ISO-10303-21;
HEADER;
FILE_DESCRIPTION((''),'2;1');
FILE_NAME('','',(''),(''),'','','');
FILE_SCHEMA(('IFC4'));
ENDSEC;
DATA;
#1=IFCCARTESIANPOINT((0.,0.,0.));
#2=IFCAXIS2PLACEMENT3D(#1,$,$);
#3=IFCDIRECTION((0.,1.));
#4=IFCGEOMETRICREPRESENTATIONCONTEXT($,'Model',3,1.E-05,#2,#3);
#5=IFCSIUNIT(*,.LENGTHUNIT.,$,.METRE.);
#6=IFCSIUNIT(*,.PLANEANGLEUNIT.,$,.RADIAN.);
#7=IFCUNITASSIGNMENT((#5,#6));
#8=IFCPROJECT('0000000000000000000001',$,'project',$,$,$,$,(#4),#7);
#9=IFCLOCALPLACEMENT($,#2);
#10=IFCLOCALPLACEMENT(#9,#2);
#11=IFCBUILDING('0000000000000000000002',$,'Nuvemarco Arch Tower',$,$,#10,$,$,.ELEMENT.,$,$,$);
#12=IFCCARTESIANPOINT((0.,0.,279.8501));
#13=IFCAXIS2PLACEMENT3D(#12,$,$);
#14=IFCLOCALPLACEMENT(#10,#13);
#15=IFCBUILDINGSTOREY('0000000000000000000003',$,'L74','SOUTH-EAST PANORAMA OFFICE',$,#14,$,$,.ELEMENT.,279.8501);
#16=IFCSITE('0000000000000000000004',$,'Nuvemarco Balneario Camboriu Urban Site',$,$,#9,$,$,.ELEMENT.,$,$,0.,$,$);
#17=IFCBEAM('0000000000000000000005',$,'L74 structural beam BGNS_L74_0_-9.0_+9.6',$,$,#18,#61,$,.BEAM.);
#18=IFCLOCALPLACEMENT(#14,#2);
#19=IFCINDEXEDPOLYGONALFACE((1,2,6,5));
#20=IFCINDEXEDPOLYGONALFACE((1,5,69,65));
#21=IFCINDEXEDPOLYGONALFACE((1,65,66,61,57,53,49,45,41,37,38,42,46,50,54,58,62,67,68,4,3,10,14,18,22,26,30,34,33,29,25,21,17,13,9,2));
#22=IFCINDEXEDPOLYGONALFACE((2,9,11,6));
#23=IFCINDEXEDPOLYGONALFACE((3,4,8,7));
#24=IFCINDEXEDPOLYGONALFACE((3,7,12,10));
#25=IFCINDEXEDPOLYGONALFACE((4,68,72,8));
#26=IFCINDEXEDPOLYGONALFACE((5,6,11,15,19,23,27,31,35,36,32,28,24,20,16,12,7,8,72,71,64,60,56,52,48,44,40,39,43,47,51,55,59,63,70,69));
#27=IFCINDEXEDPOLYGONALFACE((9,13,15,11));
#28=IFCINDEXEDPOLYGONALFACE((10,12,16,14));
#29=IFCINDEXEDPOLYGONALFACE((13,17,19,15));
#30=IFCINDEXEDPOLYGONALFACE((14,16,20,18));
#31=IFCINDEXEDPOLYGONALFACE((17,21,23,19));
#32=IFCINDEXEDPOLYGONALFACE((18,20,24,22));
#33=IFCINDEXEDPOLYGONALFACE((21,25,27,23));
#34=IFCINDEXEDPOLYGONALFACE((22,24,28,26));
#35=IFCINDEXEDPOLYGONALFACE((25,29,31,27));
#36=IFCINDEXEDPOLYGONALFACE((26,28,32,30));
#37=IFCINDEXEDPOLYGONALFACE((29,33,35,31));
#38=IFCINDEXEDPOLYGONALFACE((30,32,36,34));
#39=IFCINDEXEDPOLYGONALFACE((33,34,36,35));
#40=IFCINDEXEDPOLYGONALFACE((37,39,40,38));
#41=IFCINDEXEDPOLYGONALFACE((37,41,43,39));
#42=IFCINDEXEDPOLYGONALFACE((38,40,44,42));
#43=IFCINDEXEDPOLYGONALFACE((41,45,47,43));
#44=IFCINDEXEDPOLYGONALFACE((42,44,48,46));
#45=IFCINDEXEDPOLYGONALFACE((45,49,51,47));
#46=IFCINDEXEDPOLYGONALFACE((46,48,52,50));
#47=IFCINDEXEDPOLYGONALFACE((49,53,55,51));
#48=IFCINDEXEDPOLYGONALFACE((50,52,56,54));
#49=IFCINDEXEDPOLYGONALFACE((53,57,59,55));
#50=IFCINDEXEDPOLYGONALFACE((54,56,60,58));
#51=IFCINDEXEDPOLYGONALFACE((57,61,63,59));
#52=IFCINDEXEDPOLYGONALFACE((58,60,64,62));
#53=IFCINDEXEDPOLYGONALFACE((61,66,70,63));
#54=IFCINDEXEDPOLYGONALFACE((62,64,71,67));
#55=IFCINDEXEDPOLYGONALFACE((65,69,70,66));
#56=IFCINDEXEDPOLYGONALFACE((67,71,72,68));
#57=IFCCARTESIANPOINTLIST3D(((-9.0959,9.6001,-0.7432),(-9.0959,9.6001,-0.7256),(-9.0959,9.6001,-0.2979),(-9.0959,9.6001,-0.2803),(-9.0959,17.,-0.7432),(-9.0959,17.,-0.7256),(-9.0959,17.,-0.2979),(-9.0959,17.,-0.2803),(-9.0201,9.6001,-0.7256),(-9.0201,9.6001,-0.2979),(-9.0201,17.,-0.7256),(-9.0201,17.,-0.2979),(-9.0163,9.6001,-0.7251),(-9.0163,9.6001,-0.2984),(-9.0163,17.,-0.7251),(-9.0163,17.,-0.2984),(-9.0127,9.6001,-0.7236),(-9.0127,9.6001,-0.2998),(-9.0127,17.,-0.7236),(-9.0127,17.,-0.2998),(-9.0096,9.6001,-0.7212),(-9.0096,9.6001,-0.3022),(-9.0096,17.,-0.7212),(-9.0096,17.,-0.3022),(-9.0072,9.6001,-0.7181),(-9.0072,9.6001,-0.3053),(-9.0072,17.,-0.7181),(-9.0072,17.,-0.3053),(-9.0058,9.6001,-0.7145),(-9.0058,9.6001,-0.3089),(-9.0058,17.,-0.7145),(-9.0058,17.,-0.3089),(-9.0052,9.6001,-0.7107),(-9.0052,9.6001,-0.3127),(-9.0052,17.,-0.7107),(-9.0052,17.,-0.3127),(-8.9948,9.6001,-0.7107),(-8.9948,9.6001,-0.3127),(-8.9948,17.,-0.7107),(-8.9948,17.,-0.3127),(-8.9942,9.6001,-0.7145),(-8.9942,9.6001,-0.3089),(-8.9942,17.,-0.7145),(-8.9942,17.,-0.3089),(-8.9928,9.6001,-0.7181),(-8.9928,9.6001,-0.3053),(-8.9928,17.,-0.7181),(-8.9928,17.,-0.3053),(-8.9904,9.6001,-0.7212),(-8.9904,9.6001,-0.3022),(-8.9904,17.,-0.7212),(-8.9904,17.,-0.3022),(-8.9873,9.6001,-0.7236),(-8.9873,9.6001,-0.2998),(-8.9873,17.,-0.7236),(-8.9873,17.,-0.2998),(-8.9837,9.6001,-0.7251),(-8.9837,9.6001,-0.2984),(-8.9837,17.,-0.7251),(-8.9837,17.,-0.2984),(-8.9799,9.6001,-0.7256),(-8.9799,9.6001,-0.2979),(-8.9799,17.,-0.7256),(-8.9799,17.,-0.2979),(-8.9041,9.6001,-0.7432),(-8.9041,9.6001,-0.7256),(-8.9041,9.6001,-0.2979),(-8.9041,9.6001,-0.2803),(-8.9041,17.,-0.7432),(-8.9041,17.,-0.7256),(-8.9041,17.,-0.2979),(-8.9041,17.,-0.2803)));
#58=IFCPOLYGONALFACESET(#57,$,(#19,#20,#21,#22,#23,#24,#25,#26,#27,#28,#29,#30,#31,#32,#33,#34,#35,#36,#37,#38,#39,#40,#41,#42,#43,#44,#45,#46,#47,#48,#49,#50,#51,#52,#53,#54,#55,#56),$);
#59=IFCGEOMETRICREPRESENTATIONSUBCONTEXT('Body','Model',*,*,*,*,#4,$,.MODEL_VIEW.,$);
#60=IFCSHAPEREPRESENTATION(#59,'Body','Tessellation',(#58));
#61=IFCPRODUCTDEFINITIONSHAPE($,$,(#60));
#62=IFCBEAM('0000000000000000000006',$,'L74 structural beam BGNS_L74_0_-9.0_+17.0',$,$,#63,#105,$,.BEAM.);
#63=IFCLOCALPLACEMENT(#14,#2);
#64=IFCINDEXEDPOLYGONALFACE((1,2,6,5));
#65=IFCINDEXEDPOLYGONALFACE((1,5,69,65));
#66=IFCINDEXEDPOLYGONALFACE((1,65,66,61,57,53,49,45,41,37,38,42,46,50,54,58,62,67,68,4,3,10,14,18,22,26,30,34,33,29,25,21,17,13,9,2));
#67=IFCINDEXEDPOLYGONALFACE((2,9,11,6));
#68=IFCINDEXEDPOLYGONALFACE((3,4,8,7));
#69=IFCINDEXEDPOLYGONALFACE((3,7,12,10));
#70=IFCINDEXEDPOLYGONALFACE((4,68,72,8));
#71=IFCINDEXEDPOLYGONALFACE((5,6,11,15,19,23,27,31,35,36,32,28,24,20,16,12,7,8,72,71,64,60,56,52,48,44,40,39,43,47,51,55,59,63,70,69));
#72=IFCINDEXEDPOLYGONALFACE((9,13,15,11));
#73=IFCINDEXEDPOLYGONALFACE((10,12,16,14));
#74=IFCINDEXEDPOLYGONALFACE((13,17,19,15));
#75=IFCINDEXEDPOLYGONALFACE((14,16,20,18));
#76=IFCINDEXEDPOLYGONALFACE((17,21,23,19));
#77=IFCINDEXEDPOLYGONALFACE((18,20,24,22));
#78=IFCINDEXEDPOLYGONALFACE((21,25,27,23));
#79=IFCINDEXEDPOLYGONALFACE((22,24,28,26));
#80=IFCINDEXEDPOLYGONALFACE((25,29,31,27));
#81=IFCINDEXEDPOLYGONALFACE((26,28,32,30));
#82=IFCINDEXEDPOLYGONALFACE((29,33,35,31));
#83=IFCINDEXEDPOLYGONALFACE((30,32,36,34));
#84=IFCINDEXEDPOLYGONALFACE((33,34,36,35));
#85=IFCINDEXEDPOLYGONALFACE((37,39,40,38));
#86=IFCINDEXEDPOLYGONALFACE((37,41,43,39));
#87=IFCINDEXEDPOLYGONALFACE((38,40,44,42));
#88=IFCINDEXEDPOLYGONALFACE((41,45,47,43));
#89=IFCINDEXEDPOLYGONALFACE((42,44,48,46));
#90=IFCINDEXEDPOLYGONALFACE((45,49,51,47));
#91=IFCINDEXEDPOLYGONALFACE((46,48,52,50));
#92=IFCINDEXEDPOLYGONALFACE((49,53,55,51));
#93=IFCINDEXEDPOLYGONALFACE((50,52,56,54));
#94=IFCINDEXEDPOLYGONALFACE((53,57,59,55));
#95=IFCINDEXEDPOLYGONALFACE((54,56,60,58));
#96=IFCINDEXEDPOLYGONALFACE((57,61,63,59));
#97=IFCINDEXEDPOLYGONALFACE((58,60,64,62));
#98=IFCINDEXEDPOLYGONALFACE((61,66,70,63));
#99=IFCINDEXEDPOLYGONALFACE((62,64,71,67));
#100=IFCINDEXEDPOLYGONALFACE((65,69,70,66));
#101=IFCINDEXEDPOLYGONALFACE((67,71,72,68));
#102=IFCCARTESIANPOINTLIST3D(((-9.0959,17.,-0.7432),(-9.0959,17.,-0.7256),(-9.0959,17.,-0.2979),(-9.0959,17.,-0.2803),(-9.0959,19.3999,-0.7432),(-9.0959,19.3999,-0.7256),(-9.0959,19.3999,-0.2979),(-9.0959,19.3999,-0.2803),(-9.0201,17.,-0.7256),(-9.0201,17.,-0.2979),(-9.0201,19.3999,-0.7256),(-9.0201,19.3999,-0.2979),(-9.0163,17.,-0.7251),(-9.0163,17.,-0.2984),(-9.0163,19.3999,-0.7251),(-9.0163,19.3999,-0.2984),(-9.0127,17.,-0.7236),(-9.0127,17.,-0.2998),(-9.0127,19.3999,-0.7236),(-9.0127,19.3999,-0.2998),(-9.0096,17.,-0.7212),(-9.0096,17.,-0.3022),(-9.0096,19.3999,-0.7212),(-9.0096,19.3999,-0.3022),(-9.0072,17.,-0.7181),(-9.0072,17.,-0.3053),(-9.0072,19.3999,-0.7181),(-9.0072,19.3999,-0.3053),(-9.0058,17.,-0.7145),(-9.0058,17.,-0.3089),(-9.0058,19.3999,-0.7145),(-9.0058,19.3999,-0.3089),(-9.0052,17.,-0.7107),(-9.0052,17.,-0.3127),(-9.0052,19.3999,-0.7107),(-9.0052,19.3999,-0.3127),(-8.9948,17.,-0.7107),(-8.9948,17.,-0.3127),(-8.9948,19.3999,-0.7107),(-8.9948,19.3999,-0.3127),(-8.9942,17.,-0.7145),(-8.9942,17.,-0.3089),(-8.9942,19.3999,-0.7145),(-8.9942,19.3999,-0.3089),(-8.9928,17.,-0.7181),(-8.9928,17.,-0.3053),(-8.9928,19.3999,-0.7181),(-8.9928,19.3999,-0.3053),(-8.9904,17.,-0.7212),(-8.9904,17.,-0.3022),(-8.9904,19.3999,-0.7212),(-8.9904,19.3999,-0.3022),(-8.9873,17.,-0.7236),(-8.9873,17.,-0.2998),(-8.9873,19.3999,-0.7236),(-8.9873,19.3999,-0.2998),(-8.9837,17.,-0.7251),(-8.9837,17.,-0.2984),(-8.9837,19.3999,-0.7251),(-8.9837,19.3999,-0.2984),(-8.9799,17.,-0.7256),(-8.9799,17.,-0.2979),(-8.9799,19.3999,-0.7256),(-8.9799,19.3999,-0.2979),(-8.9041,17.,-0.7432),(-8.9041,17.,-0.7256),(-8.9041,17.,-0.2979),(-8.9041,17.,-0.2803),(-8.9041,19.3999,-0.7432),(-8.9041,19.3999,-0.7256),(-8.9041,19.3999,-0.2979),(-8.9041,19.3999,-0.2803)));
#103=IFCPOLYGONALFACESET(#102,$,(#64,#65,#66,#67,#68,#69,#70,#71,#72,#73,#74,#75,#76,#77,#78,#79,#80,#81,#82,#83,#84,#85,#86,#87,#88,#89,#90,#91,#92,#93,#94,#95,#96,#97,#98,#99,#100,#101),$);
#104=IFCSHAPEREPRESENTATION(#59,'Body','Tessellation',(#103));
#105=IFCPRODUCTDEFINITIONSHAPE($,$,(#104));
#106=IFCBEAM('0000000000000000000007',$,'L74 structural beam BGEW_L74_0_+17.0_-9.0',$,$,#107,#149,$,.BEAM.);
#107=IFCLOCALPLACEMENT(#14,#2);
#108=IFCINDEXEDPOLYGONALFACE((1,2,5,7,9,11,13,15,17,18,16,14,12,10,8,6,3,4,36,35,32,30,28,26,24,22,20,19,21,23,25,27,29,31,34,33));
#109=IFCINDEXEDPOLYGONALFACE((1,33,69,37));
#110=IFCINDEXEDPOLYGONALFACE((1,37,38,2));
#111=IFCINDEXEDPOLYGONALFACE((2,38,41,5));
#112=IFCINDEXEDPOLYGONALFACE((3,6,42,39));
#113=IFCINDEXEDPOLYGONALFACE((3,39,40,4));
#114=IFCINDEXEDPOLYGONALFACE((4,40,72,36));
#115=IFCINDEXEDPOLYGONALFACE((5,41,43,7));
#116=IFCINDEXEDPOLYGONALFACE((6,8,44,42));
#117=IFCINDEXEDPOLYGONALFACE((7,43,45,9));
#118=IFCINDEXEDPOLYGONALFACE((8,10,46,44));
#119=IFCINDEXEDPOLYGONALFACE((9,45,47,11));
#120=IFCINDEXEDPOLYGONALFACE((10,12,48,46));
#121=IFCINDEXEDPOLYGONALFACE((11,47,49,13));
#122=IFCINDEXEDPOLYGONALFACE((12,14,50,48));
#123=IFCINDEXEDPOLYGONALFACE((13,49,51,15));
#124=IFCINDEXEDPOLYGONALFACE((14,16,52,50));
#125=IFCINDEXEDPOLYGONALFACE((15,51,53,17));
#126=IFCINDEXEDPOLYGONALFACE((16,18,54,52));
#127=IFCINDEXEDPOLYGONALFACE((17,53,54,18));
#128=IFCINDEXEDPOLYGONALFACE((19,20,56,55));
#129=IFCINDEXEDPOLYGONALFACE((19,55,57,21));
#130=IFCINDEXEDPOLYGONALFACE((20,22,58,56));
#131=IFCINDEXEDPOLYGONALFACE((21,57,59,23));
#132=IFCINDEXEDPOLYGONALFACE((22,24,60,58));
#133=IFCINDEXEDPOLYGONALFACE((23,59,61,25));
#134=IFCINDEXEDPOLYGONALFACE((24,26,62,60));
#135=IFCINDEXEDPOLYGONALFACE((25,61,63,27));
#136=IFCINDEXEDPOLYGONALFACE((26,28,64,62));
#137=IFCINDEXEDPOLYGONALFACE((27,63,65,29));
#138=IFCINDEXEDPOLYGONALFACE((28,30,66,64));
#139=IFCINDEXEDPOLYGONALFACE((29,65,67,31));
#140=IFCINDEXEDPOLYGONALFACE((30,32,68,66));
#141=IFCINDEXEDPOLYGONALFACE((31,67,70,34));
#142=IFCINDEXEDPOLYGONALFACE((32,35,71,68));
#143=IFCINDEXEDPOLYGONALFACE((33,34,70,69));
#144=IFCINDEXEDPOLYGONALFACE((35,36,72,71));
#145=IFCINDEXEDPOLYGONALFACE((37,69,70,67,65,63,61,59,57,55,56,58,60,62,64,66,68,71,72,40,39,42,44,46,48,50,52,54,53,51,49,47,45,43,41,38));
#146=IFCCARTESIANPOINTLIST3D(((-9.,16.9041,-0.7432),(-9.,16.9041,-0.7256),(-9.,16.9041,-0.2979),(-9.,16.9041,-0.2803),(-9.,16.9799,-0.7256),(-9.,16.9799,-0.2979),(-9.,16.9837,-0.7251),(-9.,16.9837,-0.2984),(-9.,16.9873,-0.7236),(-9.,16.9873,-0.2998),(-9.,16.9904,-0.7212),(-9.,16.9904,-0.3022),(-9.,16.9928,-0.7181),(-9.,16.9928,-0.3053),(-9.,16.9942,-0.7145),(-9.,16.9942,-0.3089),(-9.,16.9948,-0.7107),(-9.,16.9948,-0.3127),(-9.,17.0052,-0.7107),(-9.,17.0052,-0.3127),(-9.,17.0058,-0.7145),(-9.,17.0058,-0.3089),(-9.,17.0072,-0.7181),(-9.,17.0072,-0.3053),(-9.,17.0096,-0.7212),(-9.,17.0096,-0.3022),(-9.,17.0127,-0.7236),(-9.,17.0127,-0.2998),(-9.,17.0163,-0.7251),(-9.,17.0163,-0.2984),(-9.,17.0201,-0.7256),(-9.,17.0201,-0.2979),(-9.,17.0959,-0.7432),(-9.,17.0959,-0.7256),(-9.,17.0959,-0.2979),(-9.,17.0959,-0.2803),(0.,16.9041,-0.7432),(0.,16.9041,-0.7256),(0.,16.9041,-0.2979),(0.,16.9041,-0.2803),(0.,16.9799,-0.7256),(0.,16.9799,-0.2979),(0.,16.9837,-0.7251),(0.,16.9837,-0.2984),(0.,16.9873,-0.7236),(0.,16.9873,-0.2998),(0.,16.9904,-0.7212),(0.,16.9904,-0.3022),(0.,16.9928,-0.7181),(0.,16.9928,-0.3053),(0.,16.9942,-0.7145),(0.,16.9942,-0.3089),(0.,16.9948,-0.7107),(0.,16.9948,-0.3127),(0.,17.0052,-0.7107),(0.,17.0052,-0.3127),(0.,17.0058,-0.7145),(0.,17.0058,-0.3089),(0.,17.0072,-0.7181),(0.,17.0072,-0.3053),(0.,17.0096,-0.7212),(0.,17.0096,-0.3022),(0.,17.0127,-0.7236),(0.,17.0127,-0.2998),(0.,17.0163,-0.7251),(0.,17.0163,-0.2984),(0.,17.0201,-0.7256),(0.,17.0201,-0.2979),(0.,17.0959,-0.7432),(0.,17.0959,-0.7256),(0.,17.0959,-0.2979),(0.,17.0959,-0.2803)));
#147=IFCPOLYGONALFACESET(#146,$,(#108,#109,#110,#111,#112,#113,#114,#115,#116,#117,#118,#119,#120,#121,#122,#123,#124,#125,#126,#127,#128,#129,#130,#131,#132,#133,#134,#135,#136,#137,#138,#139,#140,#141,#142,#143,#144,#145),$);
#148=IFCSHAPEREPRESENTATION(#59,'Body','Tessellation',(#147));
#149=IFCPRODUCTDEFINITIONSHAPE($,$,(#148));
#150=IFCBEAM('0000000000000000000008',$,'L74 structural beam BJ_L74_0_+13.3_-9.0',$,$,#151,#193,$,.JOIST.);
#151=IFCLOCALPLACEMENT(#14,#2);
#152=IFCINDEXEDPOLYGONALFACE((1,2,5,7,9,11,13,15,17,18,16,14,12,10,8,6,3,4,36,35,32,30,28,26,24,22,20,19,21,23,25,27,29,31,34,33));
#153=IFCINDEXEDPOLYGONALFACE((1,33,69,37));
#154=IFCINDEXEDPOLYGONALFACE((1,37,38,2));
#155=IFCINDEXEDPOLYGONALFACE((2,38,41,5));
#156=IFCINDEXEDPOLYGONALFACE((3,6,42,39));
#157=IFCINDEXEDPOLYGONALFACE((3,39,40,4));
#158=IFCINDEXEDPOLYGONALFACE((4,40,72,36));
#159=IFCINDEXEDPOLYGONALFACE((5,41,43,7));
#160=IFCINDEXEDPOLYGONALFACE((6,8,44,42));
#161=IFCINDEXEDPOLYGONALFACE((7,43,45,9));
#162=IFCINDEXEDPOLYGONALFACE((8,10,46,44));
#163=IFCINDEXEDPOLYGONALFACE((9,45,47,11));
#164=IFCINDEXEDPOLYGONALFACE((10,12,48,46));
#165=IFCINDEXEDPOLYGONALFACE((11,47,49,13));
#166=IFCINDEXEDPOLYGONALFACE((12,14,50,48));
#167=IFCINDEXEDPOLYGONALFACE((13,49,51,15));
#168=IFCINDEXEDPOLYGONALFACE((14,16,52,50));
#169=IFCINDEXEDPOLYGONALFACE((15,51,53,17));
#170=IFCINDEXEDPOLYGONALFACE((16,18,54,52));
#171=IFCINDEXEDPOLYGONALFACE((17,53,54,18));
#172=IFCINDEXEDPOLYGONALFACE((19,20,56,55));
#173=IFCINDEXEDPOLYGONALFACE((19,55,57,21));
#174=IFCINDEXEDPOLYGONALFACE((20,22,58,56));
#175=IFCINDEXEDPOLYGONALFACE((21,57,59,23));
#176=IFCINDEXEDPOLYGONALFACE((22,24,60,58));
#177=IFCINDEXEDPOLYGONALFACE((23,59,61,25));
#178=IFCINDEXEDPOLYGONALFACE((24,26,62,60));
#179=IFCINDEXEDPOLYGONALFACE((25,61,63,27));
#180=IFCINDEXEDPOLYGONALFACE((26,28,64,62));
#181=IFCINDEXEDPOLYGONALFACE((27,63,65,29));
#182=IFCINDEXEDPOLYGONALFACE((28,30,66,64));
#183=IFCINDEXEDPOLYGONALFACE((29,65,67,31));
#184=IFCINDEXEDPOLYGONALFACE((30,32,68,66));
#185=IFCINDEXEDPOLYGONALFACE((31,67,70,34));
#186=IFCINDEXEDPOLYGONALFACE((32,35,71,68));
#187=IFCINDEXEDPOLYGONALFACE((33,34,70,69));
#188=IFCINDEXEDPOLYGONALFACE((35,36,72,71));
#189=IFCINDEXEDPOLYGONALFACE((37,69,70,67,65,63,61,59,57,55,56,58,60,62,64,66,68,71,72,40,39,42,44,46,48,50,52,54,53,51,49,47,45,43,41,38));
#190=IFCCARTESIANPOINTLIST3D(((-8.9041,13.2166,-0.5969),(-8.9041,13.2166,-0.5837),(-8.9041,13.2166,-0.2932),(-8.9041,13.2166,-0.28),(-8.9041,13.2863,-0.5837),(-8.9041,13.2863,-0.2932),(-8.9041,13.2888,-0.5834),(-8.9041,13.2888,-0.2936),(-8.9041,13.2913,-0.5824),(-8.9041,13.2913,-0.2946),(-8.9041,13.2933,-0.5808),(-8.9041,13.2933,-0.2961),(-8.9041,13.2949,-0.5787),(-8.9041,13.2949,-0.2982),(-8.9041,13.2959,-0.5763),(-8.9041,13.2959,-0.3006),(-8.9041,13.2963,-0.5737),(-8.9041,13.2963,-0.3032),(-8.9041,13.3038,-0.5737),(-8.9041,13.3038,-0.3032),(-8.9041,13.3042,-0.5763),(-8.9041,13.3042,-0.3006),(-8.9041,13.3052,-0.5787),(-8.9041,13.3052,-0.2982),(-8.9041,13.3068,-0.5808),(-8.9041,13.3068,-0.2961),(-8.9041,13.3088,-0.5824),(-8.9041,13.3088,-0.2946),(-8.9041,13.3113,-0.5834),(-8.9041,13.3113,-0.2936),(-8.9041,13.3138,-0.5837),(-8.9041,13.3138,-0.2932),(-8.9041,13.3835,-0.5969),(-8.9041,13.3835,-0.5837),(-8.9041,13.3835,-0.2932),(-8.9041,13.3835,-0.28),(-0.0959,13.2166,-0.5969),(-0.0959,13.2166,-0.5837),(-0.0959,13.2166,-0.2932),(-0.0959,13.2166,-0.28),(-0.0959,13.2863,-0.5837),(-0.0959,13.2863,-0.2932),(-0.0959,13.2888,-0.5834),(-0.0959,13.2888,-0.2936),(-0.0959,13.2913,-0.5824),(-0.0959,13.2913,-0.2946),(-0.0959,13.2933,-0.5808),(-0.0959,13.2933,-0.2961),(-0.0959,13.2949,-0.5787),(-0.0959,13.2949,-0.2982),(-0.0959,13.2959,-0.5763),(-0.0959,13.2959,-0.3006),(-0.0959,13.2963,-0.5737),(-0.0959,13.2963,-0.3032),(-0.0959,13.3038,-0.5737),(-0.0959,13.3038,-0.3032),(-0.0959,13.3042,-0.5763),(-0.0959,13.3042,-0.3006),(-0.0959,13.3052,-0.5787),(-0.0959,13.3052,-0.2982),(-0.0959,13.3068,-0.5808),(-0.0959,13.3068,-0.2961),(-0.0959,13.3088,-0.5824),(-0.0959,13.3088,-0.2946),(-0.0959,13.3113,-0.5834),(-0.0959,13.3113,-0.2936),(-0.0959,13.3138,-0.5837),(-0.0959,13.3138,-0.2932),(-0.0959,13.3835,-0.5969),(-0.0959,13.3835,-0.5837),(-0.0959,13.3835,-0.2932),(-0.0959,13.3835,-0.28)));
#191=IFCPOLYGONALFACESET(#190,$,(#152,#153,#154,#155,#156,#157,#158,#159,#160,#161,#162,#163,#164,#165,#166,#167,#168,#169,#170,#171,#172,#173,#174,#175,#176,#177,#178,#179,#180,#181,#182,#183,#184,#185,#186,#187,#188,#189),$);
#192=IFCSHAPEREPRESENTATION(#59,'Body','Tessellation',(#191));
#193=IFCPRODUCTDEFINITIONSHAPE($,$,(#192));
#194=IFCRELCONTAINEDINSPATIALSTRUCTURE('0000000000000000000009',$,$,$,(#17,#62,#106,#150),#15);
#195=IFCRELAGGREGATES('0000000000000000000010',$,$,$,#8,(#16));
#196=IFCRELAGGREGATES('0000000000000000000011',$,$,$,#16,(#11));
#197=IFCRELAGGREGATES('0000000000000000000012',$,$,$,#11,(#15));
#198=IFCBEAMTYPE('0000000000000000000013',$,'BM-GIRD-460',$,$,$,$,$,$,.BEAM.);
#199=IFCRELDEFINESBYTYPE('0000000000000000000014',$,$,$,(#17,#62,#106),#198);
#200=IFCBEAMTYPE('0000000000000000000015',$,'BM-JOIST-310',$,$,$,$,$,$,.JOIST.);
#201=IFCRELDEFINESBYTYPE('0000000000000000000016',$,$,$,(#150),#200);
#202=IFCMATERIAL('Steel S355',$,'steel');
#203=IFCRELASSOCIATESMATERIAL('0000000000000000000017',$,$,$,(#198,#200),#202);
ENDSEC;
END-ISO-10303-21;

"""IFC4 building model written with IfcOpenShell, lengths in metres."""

from ifc_helpers import new_model, si_unit, direction, frame, origin, origin_2d, place, context, subcontext, project, spatial, i_section, extrude, material, material_profile, profile_set, type_object, element, save


model = new_model("IFC4")

# Units and contexts
model_context = context("Model", 3, precision=1e-05, world=origin(), true_north=direction((0.0, 1.0)))
body_context = subcontext(model_context, "Body", "Model", "MODEL_VIEW")
ifc_project = project(units=[si_unit("LENGTHUNIT", "METRE"), si_unit("PLANEANGLEUNIT", "RADIAN")], contexts=[model_context])

# Site, building, storey
site_placement = place(None, origin())
site = spatial("IfcSite", under=ifc_project, at=site_placement, Name="Nuvemarco Balneario Camboriu Urban Site", CompositionType="ELEMENT", RefElevation=0.0)
building_placement = place(site_placement, origin())
building = spatial("IfcBuilding", under=site, at=building_placement, Name="Nuvemarco Arch Tower", CompositionType="ELEMENT")
storey_placement = place(building_placement, frame((0.0, 0.0, 279.8501)))
storey = spatial("IfcBuildingStorey", under=building, at=storey_placement, Name="L74", Description="SOUTH-EAST PANORAMA OFFICE", CompositionType="ELEMENT", Elevation=279.8501)

# Shared definitions
ifc_material_1 = material(Name="Steel S355", Category="steel")

# Beams
ifc_material_profile_1 = material_profile(ifc_material_1, i_section(OverallWidth=0.1919, OverallDepth=0.4629, WebThickness=0.0105, FlangeThickness=0.0176, FilletRadius=0.0149, at=origin_2d()), Name="W460x89")
ifc_profile_set_1 = profile_set([ifc_material_profile_1], Name="Steel S355")
beam_type_1 = type_object("IfcBeamType", Name="BM-GIRD-460", PredefinedType="BEAM", material=ifc_profile_set_1)
beam_1_placement = place(storey_placement, frame((-9.0, 9.6001, -0.5117), z_axis=(0.0, 1.0, 0.0), x_axis=(-1.0, 0.0, 0.0)))
element("IfcBeam", 1, at=beam_1_placement, inside=storey, type_object=beam_type_1, Name="L74 structural beam BGNS_L74_0_-9.0_+9.6", PredefinedType="BEAM", context=body_context, shape_type="SweptSolid", body=[
    extrude(i_section(OverallWidth=0.1919, OverallDepth=0.4629, WebThickness=0.0105, FlangeThickness=0.0176, FilletRadius=0.0149, at=origin_2d()), origin(), (0.0, 0.0, 1.0), 7.3999),
])
beam_2_placement = place(storey_placement, frame((-9.0, 17.0, -0.5117), z_axis=(0.0, 1.0, 0.0), x_axis=(-1.0, 0.0, 0.0)))
element("IfcBeam", 2, at=beam_2_placement, inside=storey, type_object=beam_type_1, Name="L74 structural beam BGNS_L74_0_-9.0_+17.0", PredefinedType="BEAM", context=body_context, shape_type="SweptSolid", body=[
    extrude(i_section(OverallWidth=0.1919, OverallDepth=0.4629, WebThickness=0.0105, FlangeThickness=0.0176, FilletRadius=0.0149, at=origin_2d()), origin(), (0.0, 0.0, 1.0), 2.3999),
])
beam_3_placement = place(storey_placement, frame((-9.0, 17.0, -0.5117), z_axis=(1.0, 0.0, 0.0), x_axis=(0.0, 1.0, 0.0)))
element("IfcBeam", 3, at=beam_3_placement, inside=storey, type_object=beam_type_1, Name="L74 structural beam BGEW_L74_0_+17.0_-9.0", PredefinedType="BEAM", context=body_context, shape_type="SweptSolid", body=[
    extrude(i_section(OverallWidth=0.1919, OverallDepth=0.4629, WebThickness=0.0105, FlangeThickness=0.0176, FilletRadius=0.0149, at=origin_2d()), origin(), (0.0, 0.0, 1.0), 9.0),
])
ifc_material_profile_2 = material_profile(ifc_material_1, i_section(OverallWidth=0.167, OverallDepth=0.3169, WebThickness=0.0076, FlangeThickness=0.0132, FilletRadius=0.01, at=origin_2d()), Name="W310x52")
ifc_profile_set_2 = profile_set([ifc_material_profile_2], Name="Steel S355")
beam_type_2 = type_object("IfcBeamType", Name="BM-JOIST-310", PredefinedType="JOIST", material=ifc_profile_set_2)
beam_4_placement = place(storey_placement, frame((-8.9041, 13.3, -0.4385), z_axis=(1.0, 0.0, 0.0), x_axis=(0.0, 1.0, 0.0)))
element("IfcBeam", 4, at=beam_4_placement, inside=storey, type_object=beam_type_2, Name="L74 structural beam BJ_L74_0_+13.3_-9.0", PredefinedType="JOIST", context=body_context, shape_type="SweptSolid", body=[
    extrude(i_section(OverallWidth=0.167, OverallDepth=0.3169, WebThickness=0.0076, FlangeThickness=0.0132, FilletRadius=0.01, at=origin_2d()), origin(), (0.0, 0.0, 1.0), 8.8081),
])

save(model, "model.ifc")
